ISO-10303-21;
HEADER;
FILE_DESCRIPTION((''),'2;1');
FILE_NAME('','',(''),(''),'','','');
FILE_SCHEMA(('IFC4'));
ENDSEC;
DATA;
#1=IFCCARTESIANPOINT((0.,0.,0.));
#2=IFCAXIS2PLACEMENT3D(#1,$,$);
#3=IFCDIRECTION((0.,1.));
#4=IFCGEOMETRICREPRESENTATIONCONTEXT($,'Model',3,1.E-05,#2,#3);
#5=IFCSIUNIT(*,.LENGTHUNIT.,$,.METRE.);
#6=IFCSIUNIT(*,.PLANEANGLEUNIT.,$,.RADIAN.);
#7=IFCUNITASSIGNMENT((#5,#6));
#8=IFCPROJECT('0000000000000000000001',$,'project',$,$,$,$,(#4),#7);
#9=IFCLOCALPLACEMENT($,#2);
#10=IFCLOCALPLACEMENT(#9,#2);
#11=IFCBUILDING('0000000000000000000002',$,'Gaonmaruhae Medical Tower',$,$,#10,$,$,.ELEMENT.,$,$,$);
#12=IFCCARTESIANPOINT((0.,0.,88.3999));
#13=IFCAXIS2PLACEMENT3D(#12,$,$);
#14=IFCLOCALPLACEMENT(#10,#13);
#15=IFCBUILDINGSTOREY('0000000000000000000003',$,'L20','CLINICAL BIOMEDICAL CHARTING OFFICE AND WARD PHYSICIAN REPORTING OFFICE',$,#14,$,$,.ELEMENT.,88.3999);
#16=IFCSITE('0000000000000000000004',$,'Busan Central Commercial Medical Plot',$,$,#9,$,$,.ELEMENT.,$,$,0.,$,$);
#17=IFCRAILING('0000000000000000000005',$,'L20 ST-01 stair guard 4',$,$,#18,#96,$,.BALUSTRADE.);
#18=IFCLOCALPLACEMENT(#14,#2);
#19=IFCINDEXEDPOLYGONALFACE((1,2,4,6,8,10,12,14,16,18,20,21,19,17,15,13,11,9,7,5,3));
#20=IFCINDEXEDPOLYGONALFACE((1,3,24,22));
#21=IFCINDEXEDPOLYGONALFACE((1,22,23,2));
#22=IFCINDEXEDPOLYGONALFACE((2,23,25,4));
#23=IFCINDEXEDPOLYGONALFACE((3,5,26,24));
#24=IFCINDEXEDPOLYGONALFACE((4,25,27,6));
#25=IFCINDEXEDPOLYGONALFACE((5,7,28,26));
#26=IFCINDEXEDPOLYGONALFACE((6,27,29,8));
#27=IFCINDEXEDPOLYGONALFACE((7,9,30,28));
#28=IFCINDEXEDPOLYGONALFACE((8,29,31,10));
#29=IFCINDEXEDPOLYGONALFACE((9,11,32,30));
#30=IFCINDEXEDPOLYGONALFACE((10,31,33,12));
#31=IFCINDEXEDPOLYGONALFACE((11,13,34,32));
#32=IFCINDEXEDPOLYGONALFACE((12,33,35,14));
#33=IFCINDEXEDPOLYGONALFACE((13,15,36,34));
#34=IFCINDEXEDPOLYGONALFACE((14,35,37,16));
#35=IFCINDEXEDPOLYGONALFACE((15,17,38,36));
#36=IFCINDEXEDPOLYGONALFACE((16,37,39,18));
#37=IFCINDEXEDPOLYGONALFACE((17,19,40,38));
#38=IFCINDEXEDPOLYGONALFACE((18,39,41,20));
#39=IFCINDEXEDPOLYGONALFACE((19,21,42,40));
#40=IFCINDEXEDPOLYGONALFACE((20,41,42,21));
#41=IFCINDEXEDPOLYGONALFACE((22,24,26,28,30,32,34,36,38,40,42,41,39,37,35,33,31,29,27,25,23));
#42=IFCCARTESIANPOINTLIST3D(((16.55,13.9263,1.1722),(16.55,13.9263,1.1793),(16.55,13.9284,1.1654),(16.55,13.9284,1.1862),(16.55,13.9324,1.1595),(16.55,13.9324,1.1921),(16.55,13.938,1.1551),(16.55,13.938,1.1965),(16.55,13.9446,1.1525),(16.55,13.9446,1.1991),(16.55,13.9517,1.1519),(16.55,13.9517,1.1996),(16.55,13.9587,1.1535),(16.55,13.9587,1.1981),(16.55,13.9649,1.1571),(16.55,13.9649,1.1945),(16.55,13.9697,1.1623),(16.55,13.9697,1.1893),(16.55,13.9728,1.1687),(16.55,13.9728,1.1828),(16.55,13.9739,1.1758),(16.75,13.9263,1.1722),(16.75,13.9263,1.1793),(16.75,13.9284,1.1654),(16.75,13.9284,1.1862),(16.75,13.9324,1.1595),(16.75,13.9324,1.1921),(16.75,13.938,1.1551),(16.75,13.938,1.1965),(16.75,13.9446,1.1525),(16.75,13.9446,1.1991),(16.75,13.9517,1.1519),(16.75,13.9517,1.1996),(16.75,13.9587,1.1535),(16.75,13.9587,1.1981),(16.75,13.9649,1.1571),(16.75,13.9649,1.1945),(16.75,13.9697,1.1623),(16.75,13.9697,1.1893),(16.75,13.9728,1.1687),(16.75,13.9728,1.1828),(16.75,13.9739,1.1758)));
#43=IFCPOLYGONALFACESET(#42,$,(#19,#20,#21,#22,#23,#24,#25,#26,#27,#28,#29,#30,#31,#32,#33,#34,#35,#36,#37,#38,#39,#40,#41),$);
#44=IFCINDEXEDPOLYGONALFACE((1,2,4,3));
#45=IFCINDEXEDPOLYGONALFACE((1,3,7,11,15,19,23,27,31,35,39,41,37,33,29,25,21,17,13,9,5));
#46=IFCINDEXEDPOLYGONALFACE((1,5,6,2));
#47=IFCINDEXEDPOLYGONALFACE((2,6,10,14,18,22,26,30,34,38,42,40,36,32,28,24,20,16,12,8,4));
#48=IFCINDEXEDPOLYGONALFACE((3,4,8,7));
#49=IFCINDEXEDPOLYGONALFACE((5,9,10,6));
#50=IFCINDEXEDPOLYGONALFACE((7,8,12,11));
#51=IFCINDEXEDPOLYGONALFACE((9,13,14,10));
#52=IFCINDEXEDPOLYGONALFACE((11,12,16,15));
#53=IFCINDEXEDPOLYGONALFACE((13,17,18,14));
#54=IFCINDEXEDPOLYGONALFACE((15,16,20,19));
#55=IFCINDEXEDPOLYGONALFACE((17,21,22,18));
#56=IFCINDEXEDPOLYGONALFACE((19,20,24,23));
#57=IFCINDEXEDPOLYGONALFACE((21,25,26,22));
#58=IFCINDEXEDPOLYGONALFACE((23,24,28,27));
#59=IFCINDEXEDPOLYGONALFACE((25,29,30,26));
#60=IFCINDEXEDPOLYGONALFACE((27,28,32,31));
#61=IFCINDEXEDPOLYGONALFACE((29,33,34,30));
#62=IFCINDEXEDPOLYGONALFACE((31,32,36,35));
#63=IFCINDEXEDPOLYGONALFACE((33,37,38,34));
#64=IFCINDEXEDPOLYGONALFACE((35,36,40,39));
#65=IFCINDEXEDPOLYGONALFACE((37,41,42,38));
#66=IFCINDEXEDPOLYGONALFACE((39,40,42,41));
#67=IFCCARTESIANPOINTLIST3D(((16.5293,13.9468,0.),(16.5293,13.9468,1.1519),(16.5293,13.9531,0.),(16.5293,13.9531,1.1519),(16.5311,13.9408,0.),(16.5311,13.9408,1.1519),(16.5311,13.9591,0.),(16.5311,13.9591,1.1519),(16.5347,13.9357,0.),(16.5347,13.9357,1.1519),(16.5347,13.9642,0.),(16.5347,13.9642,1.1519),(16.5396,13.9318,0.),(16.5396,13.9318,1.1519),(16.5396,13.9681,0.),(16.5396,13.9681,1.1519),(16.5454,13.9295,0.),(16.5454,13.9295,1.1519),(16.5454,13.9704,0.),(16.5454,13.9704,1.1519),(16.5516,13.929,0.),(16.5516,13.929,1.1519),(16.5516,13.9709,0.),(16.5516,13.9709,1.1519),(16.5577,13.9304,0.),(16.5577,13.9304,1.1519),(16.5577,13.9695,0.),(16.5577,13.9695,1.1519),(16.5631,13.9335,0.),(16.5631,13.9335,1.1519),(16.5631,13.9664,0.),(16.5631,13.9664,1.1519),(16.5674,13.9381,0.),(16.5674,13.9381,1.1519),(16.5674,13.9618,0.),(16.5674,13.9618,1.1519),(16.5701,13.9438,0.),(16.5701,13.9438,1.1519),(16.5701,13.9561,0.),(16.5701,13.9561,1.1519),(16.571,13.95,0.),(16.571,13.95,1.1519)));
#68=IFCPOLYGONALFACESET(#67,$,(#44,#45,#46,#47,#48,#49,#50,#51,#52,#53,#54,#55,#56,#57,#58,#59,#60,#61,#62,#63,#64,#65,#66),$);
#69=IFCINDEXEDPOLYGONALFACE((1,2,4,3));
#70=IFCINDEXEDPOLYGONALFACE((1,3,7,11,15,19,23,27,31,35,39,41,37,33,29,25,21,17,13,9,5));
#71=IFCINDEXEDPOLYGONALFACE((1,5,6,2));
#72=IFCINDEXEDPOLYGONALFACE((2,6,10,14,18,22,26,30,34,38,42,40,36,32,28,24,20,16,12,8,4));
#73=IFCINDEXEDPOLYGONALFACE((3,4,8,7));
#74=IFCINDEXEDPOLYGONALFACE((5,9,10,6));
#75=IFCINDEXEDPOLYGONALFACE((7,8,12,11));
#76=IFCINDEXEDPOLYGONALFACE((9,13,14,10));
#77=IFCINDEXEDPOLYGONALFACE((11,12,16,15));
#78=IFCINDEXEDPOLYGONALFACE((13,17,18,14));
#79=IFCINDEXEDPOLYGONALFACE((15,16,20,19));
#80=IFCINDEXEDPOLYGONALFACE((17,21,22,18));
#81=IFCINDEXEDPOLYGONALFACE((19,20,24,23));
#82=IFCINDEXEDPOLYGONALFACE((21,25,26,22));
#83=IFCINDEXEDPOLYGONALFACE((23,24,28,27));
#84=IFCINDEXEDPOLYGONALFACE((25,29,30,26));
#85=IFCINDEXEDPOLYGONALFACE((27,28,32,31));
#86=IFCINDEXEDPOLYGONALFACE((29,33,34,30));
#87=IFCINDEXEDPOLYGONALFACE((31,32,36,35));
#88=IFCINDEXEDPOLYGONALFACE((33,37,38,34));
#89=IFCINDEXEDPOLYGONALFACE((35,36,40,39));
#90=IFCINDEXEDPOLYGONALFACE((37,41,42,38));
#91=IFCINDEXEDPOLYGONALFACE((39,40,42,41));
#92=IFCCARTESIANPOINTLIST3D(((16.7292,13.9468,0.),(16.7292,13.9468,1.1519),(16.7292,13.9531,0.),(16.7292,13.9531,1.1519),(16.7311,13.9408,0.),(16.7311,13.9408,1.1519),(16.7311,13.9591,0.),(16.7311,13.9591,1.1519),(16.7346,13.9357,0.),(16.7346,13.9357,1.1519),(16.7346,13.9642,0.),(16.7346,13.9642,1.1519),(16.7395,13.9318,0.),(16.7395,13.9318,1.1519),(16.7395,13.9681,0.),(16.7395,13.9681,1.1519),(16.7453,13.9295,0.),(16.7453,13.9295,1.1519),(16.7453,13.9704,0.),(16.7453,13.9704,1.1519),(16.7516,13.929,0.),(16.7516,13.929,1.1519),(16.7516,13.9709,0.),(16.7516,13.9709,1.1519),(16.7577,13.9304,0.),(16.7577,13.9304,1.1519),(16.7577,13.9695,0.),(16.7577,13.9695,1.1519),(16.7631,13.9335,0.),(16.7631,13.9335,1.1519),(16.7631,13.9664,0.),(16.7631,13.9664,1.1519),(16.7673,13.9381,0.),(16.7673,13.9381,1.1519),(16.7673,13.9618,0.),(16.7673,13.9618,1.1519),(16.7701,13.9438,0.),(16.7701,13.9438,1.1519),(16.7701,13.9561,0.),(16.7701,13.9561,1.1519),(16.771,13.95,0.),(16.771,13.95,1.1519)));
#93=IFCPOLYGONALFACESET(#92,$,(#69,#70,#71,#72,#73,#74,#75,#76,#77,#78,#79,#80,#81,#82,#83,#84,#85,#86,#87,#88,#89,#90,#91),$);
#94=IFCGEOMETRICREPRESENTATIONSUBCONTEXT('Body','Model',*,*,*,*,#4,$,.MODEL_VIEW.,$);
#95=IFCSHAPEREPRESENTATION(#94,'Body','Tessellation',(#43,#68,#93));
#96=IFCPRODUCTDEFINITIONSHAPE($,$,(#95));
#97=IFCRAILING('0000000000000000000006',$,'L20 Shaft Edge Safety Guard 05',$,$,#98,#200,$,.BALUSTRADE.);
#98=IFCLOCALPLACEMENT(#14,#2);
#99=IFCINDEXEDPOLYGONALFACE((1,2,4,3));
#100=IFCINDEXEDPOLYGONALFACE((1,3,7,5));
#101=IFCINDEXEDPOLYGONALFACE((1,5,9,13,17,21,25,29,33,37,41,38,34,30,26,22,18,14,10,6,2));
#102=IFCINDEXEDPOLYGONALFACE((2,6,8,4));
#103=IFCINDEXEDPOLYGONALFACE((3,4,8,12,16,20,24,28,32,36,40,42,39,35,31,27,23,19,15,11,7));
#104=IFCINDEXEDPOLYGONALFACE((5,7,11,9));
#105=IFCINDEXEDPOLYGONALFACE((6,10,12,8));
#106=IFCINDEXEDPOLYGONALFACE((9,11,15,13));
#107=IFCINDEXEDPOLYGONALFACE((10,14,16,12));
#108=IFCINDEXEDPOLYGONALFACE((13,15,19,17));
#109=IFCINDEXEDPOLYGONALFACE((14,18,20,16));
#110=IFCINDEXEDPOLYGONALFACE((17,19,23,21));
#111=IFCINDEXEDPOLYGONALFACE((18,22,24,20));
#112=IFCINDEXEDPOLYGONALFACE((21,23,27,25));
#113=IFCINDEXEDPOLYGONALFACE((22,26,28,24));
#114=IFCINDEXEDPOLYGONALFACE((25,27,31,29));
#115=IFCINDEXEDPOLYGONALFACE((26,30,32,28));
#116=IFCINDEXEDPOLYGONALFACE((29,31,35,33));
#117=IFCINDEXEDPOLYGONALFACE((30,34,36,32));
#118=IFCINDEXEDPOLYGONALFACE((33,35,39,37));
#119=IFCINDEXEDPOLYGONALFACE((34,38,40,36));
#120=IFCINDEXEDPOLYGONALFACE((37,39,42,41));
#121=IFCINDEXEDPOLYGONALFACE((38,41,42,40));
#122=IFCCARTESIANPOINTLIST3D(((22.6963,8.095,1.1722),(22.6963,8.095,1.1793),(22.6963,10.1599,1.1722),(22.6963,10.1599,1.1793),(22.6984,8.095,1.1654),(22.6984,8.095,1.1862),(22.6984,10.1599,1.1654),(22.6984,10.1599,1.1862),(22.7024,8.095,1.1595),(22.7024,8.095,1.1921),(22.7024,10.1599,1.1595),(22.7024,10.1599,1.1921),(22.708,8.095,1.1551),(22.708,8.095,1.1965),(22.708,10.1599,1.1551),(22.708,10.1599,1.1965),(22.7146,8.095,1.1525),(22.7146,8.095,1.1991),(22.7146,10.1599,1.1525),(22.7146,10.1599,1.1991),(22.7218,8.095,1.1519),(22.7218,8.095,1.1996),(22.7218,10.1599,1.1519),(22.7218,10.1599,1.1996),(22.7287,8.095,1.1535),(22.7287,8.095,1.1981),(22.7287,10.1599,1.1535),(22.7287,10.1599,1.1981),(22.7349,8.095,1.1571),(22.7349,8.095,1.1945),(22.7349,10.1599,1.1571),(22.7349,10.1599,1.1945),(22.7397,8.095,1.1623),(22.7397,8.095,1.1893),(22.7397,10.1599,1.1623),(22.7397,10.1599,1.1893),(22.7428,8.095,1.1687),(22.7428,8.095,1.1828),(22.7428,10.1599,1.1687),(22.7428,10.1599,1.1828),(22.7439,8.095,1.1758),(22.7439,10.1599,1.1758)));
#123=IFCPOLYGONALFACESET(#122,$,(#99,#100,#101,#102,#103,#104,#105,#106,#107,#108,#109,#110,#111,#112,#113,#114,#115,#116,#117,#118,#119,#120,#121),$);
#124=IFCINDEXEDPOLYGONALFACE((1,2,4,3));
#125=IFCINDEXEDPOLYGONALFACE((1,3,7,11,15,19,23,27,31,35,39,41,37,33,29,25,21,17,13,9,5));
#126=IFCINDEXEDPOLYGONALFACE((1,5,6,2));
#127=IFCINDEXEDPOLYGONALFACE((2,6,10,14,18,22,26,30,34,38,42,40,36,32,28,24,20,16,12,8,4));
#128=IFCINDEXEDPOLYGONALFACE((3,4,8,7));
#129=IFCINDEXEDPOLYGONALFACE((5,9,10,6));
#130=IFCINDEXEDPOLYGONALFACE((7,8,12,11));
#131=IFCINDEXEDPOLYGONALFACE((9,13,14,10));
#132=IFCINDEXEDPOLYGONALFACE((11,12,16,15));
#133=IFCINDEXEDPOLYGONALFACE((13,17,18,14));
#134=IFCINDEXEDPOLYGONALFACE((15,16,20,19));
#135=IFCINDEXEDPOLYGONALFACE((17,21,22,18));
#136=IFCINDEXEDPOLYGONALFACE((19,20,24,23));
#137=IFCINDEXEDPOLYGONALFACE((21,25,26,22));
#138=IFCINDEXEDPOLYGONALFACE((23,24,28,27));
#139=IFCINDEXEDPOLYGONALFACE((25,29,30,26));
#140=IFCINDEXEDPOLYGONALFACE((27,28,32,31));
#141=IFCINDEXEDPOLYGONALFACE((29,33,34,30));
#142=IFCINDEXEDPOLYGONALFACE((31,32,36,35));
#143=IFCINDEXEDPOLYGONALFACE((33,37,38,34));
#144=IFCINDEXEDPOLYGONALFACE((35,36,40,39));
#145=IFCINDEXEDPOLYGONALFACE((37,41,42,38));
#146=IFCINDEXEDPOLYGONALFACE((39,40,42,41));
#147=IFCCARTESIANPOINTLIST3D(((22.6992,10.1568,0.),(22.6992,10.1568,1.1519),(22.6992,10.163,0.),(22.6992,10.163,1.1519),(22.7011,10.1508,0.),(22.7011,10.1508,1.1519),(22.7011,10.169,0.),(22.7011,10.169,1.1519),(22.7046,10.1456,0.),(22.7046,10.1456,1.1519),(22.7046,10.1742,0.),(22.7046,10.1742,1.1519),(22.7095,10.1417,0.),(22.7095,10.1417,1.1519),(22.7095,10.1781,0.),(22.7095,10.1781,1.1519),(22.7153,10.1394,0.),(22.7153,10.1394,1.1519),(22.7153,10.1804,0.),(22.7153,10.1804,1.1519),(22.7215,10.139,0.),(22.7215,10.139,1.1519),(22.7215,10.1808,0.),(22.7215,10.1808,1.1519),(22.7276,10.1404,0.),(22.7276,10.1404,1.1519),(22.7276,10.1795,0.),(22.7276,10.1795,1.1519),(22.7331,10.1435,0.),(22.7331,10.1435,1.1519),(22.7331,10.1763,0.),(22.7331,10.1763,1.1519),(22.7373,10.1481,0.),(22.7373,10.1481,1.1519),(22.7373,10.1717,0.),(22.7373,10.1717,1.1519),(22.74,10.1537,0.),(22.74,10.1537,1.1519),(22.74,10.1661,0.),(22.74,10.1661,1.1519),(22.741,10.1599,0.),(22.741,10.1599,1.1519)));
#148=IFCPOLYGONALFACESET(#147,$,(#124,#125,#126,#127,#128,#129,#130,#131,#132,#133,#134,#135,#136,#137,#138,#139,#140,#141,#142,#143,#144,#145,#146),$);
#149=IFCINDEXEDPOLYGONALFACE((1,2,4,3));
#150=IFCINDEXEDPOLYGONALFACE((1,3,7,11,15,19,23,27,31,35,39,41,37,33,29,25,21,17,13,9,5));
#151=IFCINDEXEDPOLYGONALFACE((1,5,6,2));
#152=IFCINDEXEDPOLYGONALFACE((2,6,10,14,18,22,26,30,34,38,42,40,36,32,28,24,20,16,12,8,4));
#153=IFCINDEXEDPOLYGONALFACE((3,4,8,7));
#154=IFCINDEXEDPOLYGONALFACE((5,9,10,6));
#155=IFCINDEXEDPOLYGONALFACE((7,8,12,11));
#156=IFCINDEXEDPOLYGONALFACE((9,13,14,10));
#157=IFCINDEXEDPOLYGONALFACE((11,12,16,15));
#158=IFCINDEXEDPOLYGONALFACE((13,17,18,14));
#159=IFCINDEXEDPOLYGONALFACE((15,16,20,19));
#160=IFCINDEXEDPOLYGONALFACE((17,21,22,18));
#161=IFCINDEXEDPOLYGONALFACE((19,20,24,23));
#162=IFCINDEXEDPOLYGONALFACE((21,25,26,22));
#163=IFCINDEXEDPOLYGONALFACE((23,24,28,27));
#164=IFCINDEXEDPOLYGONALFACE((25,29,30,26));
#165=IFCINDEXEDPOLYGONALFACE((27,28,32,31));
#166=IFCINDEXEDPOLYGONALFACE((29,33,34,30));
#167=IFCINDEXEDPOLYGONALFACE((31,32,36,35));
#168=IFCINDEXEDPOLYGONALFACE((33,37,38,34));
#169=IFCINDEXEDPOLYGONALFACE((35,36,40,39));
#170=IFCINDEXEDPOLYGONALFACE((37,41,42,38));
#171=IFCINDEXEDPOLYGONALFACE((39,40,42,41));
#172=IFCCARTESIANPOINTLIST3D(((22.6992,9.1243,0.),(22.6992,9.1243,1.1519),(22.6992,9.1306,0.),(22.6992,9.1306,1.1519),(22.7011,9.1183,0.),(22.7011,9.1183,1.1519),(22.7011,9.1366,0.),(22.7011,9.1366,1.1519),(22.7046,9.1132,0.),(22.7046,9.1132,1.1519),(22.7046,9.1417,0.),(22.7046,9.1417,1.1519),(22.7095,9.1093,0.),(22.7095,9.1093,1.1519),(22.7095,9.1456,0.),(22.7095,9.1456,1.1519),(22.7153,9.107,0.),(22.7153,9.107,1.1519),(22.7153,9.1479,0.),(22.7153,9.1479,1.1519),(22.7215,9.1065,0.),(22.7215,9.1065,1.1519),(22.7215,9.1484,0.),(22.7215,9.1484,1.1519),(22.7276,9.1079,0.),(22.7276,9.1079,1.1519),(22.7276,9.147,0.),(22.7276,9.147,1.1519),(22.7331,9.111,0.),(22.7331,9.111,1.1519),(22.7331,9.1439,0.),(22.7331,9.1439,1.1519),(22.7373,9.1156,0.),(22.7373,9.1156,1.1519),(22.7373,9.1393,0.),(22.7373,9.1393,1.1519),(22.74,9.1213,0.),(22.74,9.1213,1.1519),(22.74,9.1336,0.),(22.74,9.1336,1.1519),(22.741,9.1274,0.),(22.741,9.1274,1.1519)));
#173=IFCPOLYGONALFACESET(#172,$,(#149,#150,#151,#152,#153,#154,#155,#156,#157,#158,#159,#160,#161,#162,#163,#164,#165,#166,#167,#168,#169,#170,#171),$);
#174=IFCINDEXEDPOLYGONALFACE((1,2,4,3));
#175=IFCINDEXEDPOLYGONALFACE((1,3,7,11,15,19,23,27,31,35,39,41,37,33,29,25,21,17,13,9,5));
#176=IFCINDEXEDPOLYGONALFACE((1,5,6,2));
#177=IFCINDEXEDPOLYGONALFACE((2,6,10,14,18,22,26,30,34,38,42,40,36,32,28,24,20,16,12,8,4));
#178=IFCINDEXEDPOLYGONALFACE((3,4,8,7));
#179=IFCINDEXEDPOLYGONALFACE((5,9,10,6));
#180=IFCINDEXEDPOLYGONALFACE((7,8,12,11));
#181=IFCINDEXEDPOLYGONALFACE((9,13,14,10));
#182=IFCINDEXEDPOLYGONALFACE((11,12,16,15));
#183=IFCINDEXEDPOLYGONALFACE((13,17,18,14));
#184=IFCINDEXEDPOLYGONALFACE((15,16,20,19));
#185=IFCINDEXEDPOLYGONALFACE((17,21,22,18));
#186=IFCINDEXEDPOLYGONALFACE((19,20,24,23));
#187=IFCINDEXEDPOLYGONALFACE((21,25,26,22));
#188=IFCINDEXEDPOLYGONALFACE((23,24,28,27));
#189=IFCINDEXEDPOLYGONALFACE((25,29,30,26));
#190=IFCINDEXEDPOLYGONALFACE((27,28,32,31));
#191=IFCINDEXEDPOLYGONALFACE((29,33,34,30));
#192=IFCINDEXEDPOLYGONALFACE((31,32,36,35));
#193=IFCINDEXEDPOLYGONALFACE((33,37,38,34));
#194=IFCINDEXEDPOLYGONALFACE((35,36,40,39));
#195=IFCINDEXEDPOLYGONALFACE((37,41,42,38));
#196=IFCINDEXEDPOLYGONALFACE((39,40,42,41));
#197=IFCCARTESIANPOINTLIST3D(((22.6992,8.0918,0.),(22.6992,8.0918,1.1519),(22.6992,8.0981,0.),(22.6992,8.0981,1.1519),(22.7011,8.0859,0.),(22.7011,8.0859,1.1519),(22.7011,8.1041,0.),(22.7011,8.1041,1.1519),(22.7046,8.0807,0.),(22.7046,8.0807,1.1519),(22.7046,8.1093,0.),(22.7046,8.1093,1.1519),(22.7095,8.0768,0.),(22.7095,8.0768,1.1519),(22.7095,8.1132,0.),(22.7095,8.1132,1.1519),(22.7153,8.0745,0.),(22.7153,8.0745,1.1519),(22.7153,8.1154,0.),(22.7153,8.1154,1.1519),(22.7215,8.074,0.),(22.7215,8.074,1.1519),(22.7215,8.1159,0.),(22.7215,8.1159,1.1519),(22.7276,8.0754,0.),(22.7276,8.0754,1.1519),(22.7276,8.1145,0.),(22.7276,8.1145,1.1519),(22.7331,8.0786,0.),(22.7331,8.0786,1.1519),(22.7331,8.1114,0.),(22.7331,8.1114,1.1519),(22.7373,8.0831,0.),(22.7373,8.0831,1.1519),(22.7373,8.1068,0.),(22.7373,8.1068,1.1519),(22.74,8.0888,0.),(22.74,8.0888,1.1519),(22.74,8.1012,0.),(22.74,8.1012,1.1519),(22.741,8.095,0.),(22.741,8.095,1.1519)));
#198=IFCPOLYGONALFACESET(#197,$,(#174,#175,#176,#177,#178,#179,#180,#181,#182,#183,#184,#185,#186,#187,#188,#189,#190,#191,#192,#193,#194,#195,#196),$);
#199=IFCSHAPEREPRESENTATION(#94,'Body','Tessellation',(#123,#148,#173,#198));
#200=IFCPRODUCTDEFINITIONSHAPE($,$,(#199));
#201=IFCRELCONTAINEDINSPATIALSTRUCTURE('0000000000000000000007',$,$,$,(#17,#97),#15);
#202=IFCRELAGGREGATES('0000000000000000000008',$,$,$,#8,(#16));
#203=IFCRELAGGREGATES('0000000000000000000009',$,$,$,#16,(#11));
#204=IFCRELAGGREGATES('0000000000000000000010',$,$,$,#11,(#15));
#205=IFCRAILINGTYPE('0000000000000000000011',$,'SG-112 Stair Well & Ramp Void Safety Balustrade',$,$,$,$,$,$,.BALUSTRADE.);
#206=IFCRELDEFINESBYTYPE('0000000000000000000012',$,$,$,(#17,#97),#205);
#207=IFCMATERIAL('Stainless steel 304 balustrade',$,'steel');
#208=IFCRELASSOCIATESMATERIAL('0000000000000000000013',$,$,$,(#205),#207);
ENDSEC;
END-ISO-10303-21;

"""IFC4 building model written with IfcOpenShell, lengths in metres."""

from ifc_helpers import new_model, si_unit, direction, frame, origin, origin_2d, place, context, subcontext, project, spatial, circle, extrude, material, type_object, element, save


model = new_model("IFC4")

# Units and contexts
model_context = context("Model", 3, precision=1e-05, world=origin(), true_north=direction((0.0, 1.0)))
body_context = subcontext(model_context, "Body", "Model", "MODEL_VIEW")
ifc_project = project(units=[si_unit("LENGTHUNIT", "METRE"), si_unit("PLANEANGLEUNIT", "RADIAN")], contexts=[model_context])

# Site, building, storey
site_placement = place(None, origin())
site = spatial("IfcSite", under=ifc_project, at=site_placement, Name="Busan Central Commercial Medical Plot", CompositionType="ELEMENT", RefElevation=0.0)
building_placement = place(site_placement, origin())
building = spatial("IfcBuilding", under=site, at=building_placement, Name="Gaonmaruhae Medical Tower", CompositionType="ELEMENT")
storey_placement = place(building_placement, frame((0.0, 0.0, 88.3999)))
storey = spatial("IfcBuildingStorey", under=building, at=storey_placement, Name="L20", Description="CLINICAL BIOMEDICAL CHARTING OFFICE AND WARD PHYSICIAN REPORTING OFFICE", CompositionType="ELEMENT", Elevation=88.3999)

# Railings
ifc_material_1 = material(Name="Stainless steel 304 balustrade", Category="steel")
railing_type_1 = type_object("IfcRailingType", Name="SG-112 Stair Well & Ramp Void Safety Balustrade", PredefinedType="BALUSTRADE", material=ifc_material_1)
railing_1_placement = place(storey_placement, frame((16.55, 13.95, 0.0)))
element("IfcRailing", 1, at=railing_1_placement, inside=storey, type_object=railing_type_1, Name="L20 ST-01 stair guard 4", PredefinedType="BALUSTRADE", context=body_context, shape_type="SweptSolid", body=[
    extrude(circle(Radius=0.0239, at=origin_2d()), frame((0.0, 0.0, 1.1758), z_axis=(1.0, 0.0, 0.0), x_axis=(0.0, 1.0, 0.0)), (0.0, 0.0, 1.0), 0.2),
    extrude(circle(Radius=0.021, at=origin_2d()), origin(), (0.0, 0.0, 1.0), 1.1519),
    extrude(circle(Radius=0.021, at=origin_2d()), frame((0.2, 0.0, 0.0)), (0.0, 0.0, 1.0), 1.1519),
])
railing_2_placement = place(storey_placement, frame((22.72, 10.1599, 0.0)))
element("IfcRailing", 2, at=railing_2_placement, inside=storey, type_object=railing_type_1, Name="L20 Shaft Edge Safety Guard 05", PredefinedType="BALUSTRADE", context=body_context, shape_type="SweptSolid", body=[
    extrude(circle(Radius=0.0239, at=origin_2d()), frame((0.0, 0.0, 1.1758), z_axis=(0.0, -1.0, 0.0), x_axis=(1.0, 0.0, 0.0)), (0.0, 0.0, 1.0), 2.0649),
    extrude(circle(Radius=0.021, at=origin_2d()), origin(), (0.0, 0.0, 1.0), 1.1519),
    extrude(circle(Radius=0.021, at=origin_2d()), frame((0.0, -1.0325, 0.0)), (0.0, 0.0, 1.0), 1.1519),
    extrude(circle(Radius=0.021, at=origin_2d()), frame((0.0, -2.0649, 0.0)), (0.0, 0.0, 1.0), 1.1519),
])

save(model, "model.ifc")
